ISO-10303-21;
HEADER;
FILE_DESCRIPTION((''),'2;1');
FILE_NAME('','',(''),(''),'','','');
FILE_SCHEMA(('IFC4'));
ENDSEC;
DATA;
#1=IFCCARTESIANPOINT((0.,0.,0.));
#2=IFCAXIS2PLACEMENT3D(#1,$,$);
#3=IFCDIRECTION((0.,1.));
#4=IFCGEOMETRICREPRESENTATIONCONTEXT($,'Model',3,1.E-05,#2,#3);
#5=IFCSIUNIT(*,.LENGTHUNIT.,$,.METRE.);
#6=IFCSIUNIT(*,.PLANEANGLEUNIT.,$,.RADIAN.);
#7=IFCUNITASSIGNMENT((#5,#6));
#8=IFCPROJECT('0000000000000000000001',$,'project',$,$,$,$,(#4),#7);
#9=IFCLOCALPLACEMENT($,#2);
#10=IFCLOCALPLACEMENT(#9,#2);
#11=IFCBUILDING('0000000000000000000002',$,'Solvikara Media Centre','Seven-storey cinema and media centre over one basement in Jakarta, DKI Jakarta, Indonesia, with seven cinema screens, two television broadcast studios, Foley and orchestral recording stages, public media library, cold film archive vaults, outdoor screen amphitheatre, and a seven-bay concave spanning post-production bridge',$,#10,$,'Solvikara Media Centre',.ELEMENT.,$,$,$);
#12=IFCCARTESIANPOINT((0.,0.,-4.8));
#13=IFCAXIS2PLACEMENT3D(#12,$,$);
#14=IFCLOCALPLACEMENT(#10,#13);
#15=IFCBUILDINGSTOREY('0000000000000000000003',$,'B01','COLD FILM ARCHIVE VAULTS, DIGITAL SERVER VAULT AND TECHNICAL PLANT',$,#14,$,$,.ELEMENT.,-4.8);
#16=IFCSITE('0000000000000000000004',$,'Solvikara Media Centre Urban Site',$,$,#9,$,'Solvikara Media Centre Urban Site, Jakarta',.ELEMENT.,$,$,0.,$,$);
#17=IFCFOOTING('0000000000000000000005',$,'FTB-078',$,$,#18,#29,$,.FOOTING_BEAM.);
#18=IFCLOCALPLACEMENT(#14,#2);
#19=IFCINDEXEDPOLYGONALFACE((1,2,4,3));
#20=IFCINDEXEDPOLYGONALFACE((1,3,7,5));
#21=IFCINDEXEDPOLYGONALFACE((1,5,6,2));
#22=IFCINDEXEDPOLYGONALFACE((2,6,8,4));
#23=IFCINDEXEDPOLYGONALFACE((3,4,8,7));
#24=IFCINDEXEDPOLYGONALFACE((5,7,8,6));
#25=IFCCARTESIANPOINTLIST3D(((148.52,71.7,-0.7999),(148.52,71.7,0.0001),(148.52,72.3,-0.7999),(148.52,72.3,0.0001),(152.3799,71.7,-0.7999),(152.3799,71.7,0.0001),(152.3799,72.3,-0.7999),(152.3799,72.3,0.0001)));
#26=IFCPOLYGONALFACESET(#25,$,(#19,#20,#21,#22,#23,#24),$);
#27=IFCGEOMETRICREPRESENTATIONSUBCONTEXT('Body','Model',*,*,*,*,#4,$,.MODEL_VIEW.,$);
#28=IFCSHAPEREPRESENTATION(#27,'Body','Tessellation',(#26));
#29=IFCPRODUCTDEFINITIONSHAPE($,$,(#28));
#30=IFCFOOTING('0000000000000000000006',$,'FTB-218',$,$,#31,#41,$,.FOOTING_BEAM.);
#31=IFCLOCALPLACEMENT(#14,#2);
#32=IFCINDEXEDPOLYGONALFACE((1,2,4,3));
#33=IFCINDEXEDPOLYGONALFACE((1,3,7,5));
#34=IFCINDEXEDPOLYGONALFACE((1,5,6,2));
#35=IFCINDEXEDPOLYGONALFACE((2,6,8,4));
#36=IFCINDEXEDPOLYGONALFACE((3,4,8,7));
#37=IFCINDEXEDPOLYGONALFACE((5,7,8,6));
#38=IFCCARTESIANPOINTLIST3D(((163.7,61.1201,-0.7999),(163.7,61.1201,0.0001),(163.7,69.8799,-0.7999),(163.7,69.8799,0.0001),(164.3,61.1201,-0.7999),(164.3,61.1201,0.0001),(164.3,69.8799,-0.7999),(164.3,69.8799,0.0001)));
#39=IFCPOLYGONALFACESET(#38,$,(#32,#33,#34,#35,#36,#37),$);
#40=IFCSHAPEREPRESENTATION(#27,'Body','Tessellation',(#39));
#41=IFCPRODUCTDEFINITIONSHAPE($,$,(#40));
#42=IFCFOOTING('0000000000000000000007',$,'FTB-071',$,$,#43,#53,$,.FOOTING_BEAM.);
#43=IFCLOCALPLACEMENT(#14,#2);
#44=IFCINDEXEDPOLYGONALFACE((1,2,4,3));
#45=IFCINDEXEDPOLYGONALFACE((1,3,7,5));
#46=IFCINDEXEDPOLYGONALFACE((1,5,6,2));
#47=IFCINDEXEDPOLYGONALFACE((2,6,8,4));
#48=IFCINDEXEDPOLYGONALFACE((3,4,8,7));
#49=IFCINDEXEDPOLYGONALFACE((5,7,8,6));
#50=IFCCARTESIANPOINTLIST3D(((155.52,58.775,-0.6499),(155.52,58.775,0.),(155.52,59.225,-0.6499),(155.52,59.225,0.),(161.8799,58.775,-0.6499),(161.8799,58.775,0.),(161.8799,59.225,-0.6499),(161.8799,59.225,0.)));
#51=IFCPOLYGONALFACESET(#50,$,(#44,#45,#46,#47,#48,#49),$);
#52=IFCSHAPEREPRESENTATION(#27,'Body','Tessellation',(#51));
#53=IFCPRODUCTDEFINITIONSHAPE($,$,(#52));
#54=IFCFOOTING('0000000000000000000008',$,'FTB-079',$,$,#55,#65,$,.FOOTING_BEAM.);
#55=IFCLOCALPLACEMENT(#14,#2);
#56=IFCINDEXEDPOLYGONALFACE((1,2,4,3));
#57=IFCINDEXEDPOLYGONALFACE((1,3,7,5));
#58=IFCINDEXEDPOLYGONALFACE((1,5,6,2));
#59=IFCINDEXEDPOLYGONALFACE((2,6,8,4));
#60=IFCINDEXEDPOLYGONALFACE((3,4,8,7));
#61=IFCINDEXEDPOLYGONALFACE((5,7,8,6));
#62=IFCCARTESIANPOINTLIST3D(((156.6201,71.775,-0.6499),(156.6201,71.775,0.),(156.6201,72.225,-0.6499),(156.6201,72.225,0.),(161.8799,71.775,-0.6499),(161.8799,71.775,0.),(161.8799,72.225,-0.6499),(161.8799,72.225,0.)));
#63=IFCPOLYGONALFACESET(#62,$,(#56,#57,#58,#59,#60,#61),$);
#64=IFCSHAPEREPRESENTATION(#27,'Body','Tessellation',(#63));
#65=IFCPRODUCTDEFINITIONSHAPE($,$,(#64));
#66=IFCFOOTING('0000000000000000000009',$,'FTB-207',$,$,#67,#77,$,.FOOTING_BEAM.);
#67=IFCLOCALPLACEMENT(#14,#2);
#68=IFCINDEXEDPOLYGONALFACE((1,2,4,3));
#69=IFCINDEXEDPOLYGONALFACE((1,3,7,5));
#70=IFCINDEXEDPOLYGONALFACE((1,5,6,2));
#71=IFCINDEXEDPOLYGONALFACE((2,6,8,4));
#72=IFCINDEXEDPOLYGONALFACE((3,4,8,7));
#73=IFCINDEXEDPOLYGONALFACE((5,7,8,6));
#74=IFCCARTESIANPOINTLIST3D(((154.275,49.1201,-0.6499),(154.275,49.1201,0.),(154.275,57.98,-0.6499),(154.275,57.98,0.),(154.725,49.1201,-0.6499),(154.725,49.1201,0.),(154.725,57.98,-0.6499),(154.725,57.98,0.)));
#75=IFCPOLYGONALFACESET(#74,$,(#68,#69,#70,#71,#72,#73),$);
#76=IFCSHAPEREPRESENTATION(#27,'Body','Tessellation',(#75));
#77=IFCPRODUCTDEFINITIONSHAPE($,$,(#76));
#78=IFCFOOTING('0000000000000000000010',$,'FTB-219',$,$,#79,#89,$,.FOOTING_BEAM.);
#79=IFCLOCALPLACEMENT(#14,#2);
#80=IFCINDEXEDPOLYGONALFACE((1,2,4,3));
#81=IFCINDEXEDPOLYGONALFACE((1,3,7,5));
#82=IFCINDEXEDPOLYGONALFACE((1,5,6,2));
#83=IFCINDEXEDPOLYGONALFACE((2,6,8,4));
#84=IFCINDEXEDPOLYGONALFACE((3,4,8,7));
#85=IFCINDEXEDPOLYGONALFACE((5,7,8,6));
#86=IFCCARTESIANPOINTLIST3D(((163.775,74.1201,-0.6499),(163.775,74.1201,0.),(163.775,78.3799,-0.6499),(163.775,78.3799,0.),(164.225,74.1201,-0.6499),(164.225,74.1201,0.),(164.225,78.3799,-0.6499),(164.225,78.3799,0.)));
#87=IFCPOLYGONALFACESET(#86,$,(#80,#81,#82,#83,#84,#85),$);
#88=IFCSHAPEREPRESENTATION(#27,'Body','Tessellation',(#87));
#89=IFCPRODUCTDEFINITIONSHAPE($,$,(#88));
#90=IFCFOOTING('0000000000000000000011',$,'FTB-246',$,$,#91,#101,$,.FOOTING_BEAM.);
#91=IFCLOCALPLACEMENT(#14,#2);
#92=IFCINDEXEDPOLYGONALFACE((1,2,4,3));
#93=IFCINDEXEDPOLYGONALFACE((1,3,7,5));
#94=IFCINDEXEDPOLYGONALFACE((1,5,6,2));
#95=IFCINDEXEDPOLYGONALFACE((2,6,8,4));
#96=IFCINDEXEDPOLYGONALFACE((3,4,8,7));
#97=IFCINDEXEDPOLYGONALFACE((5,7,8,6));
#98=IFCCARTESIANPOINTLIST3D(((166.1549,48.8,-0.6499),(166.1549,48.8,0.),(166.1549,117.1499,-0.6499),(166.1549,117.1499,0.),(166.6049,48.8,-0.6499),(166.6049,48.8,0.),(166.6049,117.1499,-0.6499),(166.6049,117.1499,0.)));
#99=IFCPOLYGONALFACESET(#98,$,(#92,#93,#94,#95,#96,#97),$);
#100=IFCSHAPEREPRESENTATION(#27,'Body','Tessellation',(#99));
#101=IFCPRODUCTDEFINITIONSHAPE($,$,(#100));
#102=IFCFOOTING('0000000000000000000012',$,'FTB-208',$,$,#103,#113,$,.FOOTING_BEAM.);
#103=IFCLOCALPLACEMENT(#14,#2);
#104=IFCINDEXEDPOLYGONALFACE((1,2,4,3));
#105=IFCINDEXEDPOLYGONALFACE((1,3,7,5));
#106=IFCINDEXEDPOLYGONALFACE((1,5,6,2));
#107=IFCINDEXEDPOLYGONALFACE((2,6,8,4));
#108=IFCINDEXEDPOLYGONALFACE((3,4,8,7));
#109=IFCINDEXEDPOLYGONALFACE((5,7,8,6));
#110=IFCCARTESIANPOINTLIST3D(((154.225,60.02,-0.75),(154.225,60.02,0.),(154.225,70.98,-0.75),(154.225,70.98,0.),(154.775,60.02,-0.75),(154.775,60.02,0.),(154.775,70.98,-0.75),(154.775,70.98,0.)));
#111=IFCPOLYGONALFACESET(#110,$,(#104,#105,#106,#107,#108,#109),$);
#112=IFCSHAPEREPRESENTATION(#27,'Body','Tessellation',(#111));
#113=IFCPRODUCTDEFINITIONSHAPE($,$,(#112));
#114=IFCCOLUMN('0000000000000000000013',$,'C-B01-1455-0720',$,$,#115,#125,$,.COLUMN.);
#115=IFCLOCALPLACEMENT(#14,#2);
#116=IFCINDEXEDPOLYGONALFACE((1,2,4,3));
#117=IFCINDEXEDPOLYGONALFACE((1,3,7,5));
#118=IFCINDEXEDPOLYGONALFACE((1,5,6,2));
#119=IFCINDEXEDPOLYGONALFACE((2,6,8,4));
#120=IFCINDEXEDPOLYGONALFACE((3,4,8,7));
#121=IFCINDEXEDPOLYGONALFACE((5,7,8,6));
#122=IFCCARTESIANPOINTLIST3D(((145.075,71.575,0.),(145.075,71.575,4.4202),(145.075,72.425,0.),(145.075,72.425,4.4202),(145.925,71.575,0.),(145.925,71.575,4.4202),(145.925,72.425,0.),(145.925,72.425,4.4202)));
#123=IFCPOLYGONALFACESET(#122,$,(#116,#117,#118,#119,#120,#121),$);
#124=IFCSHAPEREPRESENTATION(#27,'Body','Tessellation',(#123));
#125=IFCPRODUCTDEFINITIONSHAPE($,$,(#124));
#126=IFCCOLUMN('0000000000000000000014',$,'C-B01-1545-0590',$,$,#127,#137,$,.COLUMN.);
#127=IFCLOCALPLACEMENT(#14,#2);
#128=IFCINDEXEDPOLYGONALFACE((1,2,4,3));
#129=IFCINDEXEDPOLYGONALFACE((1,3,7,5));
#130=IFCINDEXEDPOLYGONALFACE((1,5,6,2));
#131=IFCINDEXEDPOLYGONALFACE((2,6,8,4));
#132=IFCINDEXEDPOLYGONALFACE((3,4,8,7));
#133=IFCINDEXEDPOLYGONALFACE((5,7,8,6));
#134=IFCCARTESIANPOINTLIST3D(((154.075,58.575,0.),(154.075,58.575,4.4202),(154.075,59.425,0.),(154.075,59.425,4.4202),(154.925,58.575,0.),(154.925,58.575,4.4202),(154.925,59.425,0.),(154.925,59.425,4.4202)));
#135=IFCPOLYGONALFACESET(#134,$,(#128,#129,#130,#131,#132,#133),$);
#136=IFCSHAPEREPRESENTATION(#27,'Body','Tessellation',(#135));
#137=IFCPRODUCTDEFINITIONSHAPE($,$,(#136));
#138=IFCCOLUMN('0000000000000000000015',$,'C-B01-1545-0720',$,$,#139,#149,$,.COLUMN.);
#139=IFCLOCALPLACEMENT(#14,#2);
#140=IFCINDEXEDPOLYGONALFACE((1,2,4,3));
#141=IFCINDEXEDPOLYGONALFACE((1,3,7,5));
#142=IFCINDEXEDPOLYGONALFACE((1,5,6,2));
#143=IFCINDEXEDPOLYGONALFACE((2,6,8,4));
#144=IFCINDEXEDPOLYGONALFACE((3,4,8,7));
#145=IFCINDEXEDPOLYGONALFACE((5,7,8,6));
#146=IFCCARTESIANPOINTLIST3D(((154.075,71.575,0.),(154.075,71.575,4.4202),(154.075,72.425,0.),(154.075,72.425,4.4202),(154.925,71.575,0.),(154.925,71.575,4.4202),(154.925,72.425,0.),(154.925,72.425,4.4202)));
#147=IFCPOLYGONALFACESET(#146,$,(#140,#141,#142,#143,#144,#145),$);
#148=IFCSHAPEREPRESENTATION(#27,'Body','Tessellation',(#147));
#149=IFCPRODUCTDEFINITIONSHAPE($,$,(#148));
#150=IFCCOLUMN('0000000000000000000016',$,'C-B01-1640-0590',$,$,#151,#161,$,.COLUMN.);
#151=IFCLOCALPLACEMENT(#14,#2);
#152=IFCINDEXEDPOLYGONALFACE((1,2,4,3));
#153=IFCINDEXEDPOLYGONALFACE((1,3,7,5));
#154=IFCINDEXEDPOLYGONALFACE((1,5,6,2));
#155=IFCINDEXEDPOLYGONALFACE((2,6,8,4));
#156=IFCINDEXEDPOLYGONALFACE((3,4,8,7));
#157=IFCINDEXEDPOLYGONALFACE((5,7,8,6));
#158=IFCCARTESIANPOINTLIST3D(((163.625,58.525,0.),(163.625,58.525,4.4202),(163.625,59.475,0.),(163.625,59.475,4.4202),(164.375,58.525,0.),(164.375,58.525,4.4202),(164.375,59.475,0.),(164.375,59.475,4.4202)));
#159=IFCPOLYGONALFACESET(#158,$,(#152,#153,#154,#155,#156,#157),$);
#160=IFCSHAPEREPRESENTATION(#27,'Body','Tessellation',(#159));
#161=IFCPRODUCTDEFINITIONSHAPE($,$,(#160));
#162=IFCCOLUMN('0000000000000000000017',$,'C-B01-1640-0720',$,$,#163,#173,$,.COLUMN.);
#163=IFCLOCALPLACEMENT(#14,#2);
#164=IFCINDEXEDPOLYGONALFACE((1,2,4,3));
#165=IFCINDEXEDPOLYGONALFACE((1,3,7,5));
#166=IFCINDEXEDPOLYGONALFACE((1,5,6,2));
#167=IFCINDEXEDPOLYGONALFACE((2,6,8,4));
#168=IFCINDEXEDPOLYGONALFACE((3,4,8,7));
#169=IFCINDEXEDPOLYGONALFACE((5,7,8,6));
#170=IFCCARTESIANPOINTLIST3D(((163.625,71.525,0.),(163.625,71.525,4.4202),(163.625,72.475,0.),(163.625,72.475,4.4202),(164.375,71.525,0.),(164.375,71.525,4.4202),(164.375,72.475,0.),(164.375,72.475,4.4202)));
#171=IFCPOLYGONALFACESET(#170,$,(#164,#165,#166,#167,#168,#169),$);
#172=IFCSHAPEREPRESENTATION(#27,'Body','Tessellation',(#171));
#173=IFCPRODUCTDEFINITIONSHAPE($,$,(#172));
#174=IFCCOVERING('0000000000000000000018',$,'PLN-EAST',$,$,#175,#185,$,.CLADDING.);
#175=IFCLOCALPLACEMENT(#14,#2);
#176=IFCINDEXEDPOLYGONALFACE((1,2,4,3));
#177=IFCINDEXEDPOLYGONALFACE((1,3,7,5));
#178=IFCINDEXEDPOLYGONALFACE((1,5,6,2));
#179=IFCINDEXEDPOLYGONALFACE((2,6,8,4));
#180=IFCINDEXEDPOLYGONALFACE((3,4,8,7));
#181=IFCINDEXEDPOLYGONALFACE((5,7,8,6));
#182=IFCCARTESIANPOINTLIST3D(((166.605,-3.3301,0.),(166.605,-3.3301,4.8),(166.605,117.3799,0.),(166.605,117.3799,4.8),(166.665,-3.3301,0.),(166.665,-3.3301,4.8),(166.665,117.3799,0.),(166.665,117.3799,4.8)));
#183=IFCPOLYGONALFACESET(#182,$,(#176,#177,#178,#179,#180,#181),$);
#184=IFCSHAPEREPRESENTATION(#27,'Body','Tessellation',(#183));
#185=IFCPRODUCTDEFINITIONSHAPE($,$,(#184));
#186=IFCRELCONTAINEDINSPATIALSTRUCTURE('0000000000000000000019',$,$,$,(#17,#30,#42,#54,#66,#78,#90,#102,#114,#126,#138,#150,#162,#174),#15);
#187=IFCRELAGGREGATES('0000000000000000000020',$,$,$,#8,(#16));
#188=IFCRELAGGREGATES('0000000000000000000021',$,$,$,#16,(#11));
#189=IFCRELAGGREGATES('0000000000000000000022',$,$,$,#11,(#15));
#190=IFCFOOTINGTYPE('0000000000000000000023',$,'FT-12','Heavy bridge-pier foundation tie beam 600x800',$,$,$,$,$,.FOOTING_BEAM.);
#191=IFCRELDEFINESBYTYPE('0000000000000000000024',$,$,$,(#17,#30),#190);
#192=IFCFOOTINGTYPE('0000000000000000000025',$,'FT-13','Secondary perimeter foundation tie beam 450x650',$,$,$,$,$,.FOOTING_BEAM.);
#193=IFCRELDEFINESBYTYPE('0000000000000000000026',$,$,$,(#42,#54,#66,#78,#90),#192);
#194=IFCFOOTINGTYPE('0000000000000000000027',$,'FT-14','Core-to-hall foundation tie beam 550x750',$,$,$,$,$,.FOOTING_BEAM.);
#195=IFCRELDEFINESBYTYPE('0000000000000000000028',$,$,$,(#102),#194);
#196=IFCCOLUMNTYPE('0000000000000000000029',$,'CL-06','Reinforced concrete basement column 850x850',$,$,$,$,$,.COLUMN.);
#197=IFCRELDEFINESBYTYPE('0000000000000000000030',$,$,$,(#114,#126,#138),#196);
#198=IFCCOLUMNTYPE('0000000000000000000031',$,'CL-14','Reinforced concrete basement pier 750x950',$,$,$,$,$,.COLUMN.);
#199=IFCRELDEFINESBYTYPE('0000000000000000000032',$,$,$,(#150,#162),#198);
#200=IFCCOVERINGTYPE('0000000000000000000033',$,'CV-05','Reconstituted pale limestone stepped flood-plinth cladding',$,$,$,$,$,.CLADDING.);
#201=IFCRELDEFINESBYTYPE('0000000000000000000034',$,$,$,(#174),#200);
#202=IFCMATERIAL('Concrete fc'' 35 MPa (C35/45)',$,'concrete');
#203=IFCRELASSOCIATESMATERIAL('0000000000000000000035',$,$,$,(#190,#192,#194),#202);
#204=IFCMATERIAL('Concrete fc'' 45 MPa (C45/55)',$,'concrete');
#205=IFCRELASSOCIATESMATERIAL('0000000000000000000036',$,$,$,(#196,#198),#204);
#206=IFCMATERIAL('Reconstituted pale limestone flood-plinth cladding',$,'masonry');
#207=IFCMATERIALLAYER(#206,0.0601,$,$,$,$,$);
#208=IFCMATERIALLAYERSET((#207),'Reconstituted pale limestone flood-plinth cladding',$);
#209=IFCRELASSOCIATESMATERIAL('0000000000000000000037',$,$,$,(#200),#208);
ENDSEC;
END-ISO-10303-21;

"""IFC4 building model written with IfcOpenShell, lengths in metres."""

from ifc_helpers import new_model, si_unit, direction, frame, origin, origin_2d, place, context, subcontext, project, spatial, rectangle, extrude, material, layer, layer_set, material_profile, profile_set, type_object, element, save


model = new_model("IFC4")

# Units and contexts
model_context = context("Model", 3, precision=1e-05, world=origin(), true_north=direction((0.0, 1.0)))
body_context = subcontext(model_context, "Body", "Model", "MODEL_VIEW")
ifc_project = project(units=[si_unit("LENGTHUNIT", "METRE"), si_unit("PLANEANGLEUNIT", "RADIAN")], contexts=[model_context])

# Site, building, storey
site_placement = place(None, origin())
site = spatial("IfcSite", under=ifc_project, at=site_placement, Name="Solvikara Media Centre Urban Site", LongName="Solvikara Media Centre Urban Site, Jakarta", CompositionType="ELEMENT", RefElevation=0.0)
building_placement = place(site_placement, origin())
building = spatial("IfcBuilding", under=site, at=building_placement, Name="Solvikara Media Centre", Description="Seven-storey cinema and media centre over one basement in Jakarta, DKI Jakarta, Indonesia, with seven cinema screens, two television broadcast studios, Foley and orchestral recording stages, public media library, cold film archive vaults, outdoor screen amphitheatre, and a seven-bay concave spanning post-production bridge", LongName="Solvikara Media Centre", CompositionType="ELEMENT")
storey_placement = place(building_placement, frame((0.0, 0.0, -4.8)))
storey = spatial("IfcBuildingStorey", under=building, at=storey_placement, Name="B01", Description="COLD FILM ARCHIVE VAULTS, DIGITAL SERVER VAULT AND TECHNICAL PLANT", CompositionType="ELEMENT", Elevation=-4.8)

# Shared definitions
ifc_material_1 = material(Name="Concrete fc' 35 MPa (C35/45)", Category="concrete")

# Footings
ifc_material_profile_1 = material_profile(ifc_material_1, rectangle(XDim=0.6001, YDim=0.8, at=origin_2d()), Name="RC 600x800")
ifc_profile_set_1 = profile_set([ifc_material_profile_1], Name="Concrete fc' 35 MPa (C35/45)")
footing_type_1 = type_object("IfcFootingType", Name="FT-12", Description="Heavy bridge-pier foundation tie beam 600x800", PredefinedType="FOOTING_BEAM", material=ifc_profile_set_1)
footing_1_placement = place(storey_placement, frame((148.52, 72.0, -0.3999), z_axis=(1.0, 0.0, 0.0), x_axis=(0.0, 1.0, 0.0)))
element("IfcFooting", 1, at=footing_1_placement, inside=storey, type_object=footing_type_1, Name="FTB-078", PredefinedType="FOOTING_BEAM", context=body_context, shape_type="SweptSolid", body=[
    extrude(rectangle(XDim=0.6001, YDim=0.8, at=origin_2d()), origin(), (0.0, 0.0, 1.0), 3.8599),
])
footing_2_placement = place(storey_placement, frame((164.0, 61.1201, -0.3999), z_axis=(0.0, 1.0, 0.0), x_axis=(-1.0, 0.0, 0.0)))
element("IfcFooting", 2, at=footing_2_placement, inside=storey, type_object=footing_type_1, Name="FTB-218", PredefinedType="FOOTING_BEAM", context=body_context, shape_type="SweptSolid", body=[
    extrude(rectangle(XDim=0.6001, YDim=0.8, at=origin_2d()), origin(), (0.0, 0.0, 1.0), 8.7598),
])
ifc_material_profile_2 = material_profile(ifc_material_1, rectangle(XDim=0.45, YDim=0.6499, at=origin_2d()), Name="RC 450x650")
ifc_profile_set_2 = profile_set([ifc_material_profile_2], Name="Concrete fc' 35 MPa (C35/45)")
footing_type_2 = type_object("IfcFootingType", Name="FT-13", Description="Secondary perimeter foundation tie beam 450x650", PredefinedType="FOOTING_BEAM", material=ifc_profile_set_2)
footing_3_placement = place(storey_placement, frame((155.52, 59.0, -0.325), z_axis=(1.0, 0.0, 0.0), x_axis=(0.0, 1.0, 0.0)))
element("IfcFooting", 3, at=footing_3_placement, inside=storey, type_object=footing_type_2, Name="FTB-071", PredefinedType="FOOTING_BEAM", context=body_context, shape_type="SweptSolid", body=[
    extrude(rectangle(XDim=0.45, YDim=0.6499, at=origin_2d()), origin(), (0.0, 0.0, 1.0), 6.3599),
])
footing_4_placement = place(storey_placement, frame((156.6201, 72.0, -0.325), z_axis=(1.0, 0.0, 0.0), x_axis=(0.0, 1.0, 0.0)))
element("IfcFooting", 4, at=footing_4_placement, inside=storey, type_object=footing_type_2, Name="FTB-079", PredefinedType="FOOTING_BEAM", context=body_context, shape_type="SweptSolid", body=[
    extrude(rectangle(XDim=0.45, YDim=0.6499, at=origin_2d()), origin(), (0.0, 0.0, 1.0), 5.2598),
])
footing_5_placement = place(storey_placement, frame((154.5, 49.1201, -0.325), z_axis=(0.0, 1.0, 0.0), x_axis=(-1.0, 0.0, 0.0)))
element("IfcFooting", 5, at=footing_5_placement, inside=storey, type_object=footing_type_2, Name="FTB-207", PredefinedType="FOOTING_BEAM", context=body_context, shape_type="SweptSolid", body=[
    extrude(rectangle(XDim=0.45, YDim=0.6499, at=origin_2d()), origin(), (0.0, 0.0, 1.0), 8.8599),
])
footing_6_placement = place(storey_placement, frame((164.0, 74.1201, -0.325), z_axis=(0.0, 1.0, 0.0), x_axis=(-1.0, 0.0, 0.0)))
element("IfcFooting", 6, at=footing_6_placement, inside=storey, type_object=footing_type_2, Name="FTB-219", PredefinedType="FOOTING_BEAM", context=body_context, shape_type="SweptSolid", body=[
    extrude(rectangle(XDim=0.45, YDim=0.6499, at=origin_2d()), origin(), (0.0, 0.0, 1.0), 4.2598),
])
footing_7_placement = place(storey_placement, frame((166.3799, 48.8, -0.325), z_axis=(0.0, 1.0, 0.0), x_axis=(-1.0, 0.0, 0.0)))
element("IfcFooting", 7, at=footing_7_placement, inside=storey, type_object=footing_type_2, Name="FTB-246", PredefinedType="FOOTING_BEAM", context=body_context, shape_type="SweptSolid", body=[
    extrude(rectangle(XDim=0.45, YDim=0.6499, at=origin_2d()), origin(), (0.0, 0.0, 1.0), 68.3499),
])
ifc_material_profile_3 = material_profile(ifc_material_1, rectangle(XDim=0.55, YDim=0.75, at=origin_2d()), Name="RC 550x750")
ifc_profile_set_3 = profile_set([ifc_material_profile_3], Name="Concrete fc' 35 MPa (C35/45)")
footing_type_3 = type_object("IfcFootingType", Name="FT-14", Description="Core-to-hall foundation tie beam 550x750", PredefinedType="FOOTING_BEAM", material=ifc_profile_set_3)
footing_8_placement = place(storey_placement, frame((154.5, 60.02, -0.375), z_axis=(0.0, 1.0, 0.0), x_axis=(-1.0, 0.0, 0.0)))
element("IfcFooting", 8, at=footing_8_placement, inside=storey, type_object=footing_type_3, Name="FTB-208", PredefinedType="FOOTING_BEAM", context=body_context, shape_type="SweptSolid", body=[
    extrude(rectangle(XDim=0.55, YDim=0.75, at=origin_2d()), origin(), (0.0, 0.0, 1.0), 10.96),
])

# Columns
ifc_material_2 = material(Name="Concrete fc' 45 MPa (C45/55)", Category="concrete")
ifc_material_profile_4 = material_profile(ifc_material_2, rectangle(XDim=0.8501, YDim=0.8501, at=origin_2d()), Name="RC 850x850")
ifc_profile_set_4 = profile_set([ifc_material_profile_4], Name="Concrete fc' 45 MPa (C45/55)")
column_type_1 = type_object("IfcColumnType", Name="CL-06", Description="Reinforced concrete basement column 850x850", PredefinedType="COLUMN", material=ifc_profile_set_4)
for number, where, z_axis, x_axis, name in (
    (9, (145.5, 72.0, 0.0), (0.0, 0.0, 1.0), (1.0, 0.0, 0.0), "C-B01-1455-0720"),
    (10, (154.5, 59.0, 0.0), (0.0, 0.0, 1.0), (1.0, 0.0, 0.0), "C-B01-1545-0590"),
    (11, (154.5, 72.0, 0.0), (0.0, 0.0, 1.0), (1.0, 0.0, 0.0), "C-B01-1545-0720"),
):
    element("IfcColumn", number, at=place(storey_placement, frame(where, z_axis=z_axis, x_axis=x_axis)), inside=storey, type_object=column_type_1, Name=name, PredefinedType="COLUMN", context=body_context, shape_type="SweptSolid", body=[
        extrude(rectangle(XDim=0.8501, YDim=0.8501, at=origin_2d()), origin(), (0.0, 0.0, 1.0), 4.4202),
    ])
ifc_material_profile_5 = material_profile(ifc_material_2, rectangle(XDim=0.75, YDim=0.95, at=origin_2d()), Name="RC 750x950")
ifc_profile_set_5 = profile_set([ifc_material_profile_5], Name="Concrete fc' 45 MPa (C45/55)")
column_type_2 = type_object("IfcColumnType", Name="CL-14", Description="Reinforced concrete basement pier 750x950", PredefinedType="COLUMN", material=ifc_profile_set_5)
for number, where, z_axis, x_axis, name in (
    (12, (164.0, 59.0, 0.0), (0.0, 0.0, 1.0), (1.0, 0.0, 0.0), "C-B01-1640-0590"),
    (13, (164.0, 72.0, 0.0), (0.0, 0.0, 1.0), (1.0, 0.0, 0.0), "C-B01-1640-0720"),
):
    element("IfcColumn", number, at=place(storey_placement, frame(where, z_axis=z_axis, x_axis=x_axis)), inside=storey, type_object=column_type_2, Name=name, PredefinedType="COLUMN", context=body_context, shape_type="SweptSolid", body=[
        extrude(rectangle(XDim=0.75, YDim=0.95, at=origin_2d()), origin(), (0.0, 0.0, 1.0), 4.4202),
    ])

# Covering
ifc_material_3 = material(Name="Reconstituted pale limestone flood-plinth cladding", Category="masonry")
ifc_layer = layer(ifc_material_3, 0.0601)
ifc_layer_set = layer_set([ifc_layer], Name="Reconstituted pale limestone flood-plinth cladding")
covering_type = type_object("IfcCoveringType", Name="CV-05", Description="Reconstituted pale limestone stepped flood-plinth cladding", PredefinedType="CLADDING", material=ifc_layer_set)
covering_placement = place(storey_placement, frame((166.635, 57.0249, 0.0), z_axis=(0.0, 0.0, 1.0), x_axis=(0.0, 1.0, 0.0)))
element("IfcCovering", 14, at=covering_placement, inside=storey, type_object=covering_type, Name="PLN-EAST", PredefinedType="CLADDING", context=body_context, shape_type="SweptSolid", body=[
    extrude(rectangle(XDim=120.71, YDim=0.0601, at=origin_2d()), origin(), (0.0, 0.0, 1.0), 4.8),
])

save(model, "model.ifc")
